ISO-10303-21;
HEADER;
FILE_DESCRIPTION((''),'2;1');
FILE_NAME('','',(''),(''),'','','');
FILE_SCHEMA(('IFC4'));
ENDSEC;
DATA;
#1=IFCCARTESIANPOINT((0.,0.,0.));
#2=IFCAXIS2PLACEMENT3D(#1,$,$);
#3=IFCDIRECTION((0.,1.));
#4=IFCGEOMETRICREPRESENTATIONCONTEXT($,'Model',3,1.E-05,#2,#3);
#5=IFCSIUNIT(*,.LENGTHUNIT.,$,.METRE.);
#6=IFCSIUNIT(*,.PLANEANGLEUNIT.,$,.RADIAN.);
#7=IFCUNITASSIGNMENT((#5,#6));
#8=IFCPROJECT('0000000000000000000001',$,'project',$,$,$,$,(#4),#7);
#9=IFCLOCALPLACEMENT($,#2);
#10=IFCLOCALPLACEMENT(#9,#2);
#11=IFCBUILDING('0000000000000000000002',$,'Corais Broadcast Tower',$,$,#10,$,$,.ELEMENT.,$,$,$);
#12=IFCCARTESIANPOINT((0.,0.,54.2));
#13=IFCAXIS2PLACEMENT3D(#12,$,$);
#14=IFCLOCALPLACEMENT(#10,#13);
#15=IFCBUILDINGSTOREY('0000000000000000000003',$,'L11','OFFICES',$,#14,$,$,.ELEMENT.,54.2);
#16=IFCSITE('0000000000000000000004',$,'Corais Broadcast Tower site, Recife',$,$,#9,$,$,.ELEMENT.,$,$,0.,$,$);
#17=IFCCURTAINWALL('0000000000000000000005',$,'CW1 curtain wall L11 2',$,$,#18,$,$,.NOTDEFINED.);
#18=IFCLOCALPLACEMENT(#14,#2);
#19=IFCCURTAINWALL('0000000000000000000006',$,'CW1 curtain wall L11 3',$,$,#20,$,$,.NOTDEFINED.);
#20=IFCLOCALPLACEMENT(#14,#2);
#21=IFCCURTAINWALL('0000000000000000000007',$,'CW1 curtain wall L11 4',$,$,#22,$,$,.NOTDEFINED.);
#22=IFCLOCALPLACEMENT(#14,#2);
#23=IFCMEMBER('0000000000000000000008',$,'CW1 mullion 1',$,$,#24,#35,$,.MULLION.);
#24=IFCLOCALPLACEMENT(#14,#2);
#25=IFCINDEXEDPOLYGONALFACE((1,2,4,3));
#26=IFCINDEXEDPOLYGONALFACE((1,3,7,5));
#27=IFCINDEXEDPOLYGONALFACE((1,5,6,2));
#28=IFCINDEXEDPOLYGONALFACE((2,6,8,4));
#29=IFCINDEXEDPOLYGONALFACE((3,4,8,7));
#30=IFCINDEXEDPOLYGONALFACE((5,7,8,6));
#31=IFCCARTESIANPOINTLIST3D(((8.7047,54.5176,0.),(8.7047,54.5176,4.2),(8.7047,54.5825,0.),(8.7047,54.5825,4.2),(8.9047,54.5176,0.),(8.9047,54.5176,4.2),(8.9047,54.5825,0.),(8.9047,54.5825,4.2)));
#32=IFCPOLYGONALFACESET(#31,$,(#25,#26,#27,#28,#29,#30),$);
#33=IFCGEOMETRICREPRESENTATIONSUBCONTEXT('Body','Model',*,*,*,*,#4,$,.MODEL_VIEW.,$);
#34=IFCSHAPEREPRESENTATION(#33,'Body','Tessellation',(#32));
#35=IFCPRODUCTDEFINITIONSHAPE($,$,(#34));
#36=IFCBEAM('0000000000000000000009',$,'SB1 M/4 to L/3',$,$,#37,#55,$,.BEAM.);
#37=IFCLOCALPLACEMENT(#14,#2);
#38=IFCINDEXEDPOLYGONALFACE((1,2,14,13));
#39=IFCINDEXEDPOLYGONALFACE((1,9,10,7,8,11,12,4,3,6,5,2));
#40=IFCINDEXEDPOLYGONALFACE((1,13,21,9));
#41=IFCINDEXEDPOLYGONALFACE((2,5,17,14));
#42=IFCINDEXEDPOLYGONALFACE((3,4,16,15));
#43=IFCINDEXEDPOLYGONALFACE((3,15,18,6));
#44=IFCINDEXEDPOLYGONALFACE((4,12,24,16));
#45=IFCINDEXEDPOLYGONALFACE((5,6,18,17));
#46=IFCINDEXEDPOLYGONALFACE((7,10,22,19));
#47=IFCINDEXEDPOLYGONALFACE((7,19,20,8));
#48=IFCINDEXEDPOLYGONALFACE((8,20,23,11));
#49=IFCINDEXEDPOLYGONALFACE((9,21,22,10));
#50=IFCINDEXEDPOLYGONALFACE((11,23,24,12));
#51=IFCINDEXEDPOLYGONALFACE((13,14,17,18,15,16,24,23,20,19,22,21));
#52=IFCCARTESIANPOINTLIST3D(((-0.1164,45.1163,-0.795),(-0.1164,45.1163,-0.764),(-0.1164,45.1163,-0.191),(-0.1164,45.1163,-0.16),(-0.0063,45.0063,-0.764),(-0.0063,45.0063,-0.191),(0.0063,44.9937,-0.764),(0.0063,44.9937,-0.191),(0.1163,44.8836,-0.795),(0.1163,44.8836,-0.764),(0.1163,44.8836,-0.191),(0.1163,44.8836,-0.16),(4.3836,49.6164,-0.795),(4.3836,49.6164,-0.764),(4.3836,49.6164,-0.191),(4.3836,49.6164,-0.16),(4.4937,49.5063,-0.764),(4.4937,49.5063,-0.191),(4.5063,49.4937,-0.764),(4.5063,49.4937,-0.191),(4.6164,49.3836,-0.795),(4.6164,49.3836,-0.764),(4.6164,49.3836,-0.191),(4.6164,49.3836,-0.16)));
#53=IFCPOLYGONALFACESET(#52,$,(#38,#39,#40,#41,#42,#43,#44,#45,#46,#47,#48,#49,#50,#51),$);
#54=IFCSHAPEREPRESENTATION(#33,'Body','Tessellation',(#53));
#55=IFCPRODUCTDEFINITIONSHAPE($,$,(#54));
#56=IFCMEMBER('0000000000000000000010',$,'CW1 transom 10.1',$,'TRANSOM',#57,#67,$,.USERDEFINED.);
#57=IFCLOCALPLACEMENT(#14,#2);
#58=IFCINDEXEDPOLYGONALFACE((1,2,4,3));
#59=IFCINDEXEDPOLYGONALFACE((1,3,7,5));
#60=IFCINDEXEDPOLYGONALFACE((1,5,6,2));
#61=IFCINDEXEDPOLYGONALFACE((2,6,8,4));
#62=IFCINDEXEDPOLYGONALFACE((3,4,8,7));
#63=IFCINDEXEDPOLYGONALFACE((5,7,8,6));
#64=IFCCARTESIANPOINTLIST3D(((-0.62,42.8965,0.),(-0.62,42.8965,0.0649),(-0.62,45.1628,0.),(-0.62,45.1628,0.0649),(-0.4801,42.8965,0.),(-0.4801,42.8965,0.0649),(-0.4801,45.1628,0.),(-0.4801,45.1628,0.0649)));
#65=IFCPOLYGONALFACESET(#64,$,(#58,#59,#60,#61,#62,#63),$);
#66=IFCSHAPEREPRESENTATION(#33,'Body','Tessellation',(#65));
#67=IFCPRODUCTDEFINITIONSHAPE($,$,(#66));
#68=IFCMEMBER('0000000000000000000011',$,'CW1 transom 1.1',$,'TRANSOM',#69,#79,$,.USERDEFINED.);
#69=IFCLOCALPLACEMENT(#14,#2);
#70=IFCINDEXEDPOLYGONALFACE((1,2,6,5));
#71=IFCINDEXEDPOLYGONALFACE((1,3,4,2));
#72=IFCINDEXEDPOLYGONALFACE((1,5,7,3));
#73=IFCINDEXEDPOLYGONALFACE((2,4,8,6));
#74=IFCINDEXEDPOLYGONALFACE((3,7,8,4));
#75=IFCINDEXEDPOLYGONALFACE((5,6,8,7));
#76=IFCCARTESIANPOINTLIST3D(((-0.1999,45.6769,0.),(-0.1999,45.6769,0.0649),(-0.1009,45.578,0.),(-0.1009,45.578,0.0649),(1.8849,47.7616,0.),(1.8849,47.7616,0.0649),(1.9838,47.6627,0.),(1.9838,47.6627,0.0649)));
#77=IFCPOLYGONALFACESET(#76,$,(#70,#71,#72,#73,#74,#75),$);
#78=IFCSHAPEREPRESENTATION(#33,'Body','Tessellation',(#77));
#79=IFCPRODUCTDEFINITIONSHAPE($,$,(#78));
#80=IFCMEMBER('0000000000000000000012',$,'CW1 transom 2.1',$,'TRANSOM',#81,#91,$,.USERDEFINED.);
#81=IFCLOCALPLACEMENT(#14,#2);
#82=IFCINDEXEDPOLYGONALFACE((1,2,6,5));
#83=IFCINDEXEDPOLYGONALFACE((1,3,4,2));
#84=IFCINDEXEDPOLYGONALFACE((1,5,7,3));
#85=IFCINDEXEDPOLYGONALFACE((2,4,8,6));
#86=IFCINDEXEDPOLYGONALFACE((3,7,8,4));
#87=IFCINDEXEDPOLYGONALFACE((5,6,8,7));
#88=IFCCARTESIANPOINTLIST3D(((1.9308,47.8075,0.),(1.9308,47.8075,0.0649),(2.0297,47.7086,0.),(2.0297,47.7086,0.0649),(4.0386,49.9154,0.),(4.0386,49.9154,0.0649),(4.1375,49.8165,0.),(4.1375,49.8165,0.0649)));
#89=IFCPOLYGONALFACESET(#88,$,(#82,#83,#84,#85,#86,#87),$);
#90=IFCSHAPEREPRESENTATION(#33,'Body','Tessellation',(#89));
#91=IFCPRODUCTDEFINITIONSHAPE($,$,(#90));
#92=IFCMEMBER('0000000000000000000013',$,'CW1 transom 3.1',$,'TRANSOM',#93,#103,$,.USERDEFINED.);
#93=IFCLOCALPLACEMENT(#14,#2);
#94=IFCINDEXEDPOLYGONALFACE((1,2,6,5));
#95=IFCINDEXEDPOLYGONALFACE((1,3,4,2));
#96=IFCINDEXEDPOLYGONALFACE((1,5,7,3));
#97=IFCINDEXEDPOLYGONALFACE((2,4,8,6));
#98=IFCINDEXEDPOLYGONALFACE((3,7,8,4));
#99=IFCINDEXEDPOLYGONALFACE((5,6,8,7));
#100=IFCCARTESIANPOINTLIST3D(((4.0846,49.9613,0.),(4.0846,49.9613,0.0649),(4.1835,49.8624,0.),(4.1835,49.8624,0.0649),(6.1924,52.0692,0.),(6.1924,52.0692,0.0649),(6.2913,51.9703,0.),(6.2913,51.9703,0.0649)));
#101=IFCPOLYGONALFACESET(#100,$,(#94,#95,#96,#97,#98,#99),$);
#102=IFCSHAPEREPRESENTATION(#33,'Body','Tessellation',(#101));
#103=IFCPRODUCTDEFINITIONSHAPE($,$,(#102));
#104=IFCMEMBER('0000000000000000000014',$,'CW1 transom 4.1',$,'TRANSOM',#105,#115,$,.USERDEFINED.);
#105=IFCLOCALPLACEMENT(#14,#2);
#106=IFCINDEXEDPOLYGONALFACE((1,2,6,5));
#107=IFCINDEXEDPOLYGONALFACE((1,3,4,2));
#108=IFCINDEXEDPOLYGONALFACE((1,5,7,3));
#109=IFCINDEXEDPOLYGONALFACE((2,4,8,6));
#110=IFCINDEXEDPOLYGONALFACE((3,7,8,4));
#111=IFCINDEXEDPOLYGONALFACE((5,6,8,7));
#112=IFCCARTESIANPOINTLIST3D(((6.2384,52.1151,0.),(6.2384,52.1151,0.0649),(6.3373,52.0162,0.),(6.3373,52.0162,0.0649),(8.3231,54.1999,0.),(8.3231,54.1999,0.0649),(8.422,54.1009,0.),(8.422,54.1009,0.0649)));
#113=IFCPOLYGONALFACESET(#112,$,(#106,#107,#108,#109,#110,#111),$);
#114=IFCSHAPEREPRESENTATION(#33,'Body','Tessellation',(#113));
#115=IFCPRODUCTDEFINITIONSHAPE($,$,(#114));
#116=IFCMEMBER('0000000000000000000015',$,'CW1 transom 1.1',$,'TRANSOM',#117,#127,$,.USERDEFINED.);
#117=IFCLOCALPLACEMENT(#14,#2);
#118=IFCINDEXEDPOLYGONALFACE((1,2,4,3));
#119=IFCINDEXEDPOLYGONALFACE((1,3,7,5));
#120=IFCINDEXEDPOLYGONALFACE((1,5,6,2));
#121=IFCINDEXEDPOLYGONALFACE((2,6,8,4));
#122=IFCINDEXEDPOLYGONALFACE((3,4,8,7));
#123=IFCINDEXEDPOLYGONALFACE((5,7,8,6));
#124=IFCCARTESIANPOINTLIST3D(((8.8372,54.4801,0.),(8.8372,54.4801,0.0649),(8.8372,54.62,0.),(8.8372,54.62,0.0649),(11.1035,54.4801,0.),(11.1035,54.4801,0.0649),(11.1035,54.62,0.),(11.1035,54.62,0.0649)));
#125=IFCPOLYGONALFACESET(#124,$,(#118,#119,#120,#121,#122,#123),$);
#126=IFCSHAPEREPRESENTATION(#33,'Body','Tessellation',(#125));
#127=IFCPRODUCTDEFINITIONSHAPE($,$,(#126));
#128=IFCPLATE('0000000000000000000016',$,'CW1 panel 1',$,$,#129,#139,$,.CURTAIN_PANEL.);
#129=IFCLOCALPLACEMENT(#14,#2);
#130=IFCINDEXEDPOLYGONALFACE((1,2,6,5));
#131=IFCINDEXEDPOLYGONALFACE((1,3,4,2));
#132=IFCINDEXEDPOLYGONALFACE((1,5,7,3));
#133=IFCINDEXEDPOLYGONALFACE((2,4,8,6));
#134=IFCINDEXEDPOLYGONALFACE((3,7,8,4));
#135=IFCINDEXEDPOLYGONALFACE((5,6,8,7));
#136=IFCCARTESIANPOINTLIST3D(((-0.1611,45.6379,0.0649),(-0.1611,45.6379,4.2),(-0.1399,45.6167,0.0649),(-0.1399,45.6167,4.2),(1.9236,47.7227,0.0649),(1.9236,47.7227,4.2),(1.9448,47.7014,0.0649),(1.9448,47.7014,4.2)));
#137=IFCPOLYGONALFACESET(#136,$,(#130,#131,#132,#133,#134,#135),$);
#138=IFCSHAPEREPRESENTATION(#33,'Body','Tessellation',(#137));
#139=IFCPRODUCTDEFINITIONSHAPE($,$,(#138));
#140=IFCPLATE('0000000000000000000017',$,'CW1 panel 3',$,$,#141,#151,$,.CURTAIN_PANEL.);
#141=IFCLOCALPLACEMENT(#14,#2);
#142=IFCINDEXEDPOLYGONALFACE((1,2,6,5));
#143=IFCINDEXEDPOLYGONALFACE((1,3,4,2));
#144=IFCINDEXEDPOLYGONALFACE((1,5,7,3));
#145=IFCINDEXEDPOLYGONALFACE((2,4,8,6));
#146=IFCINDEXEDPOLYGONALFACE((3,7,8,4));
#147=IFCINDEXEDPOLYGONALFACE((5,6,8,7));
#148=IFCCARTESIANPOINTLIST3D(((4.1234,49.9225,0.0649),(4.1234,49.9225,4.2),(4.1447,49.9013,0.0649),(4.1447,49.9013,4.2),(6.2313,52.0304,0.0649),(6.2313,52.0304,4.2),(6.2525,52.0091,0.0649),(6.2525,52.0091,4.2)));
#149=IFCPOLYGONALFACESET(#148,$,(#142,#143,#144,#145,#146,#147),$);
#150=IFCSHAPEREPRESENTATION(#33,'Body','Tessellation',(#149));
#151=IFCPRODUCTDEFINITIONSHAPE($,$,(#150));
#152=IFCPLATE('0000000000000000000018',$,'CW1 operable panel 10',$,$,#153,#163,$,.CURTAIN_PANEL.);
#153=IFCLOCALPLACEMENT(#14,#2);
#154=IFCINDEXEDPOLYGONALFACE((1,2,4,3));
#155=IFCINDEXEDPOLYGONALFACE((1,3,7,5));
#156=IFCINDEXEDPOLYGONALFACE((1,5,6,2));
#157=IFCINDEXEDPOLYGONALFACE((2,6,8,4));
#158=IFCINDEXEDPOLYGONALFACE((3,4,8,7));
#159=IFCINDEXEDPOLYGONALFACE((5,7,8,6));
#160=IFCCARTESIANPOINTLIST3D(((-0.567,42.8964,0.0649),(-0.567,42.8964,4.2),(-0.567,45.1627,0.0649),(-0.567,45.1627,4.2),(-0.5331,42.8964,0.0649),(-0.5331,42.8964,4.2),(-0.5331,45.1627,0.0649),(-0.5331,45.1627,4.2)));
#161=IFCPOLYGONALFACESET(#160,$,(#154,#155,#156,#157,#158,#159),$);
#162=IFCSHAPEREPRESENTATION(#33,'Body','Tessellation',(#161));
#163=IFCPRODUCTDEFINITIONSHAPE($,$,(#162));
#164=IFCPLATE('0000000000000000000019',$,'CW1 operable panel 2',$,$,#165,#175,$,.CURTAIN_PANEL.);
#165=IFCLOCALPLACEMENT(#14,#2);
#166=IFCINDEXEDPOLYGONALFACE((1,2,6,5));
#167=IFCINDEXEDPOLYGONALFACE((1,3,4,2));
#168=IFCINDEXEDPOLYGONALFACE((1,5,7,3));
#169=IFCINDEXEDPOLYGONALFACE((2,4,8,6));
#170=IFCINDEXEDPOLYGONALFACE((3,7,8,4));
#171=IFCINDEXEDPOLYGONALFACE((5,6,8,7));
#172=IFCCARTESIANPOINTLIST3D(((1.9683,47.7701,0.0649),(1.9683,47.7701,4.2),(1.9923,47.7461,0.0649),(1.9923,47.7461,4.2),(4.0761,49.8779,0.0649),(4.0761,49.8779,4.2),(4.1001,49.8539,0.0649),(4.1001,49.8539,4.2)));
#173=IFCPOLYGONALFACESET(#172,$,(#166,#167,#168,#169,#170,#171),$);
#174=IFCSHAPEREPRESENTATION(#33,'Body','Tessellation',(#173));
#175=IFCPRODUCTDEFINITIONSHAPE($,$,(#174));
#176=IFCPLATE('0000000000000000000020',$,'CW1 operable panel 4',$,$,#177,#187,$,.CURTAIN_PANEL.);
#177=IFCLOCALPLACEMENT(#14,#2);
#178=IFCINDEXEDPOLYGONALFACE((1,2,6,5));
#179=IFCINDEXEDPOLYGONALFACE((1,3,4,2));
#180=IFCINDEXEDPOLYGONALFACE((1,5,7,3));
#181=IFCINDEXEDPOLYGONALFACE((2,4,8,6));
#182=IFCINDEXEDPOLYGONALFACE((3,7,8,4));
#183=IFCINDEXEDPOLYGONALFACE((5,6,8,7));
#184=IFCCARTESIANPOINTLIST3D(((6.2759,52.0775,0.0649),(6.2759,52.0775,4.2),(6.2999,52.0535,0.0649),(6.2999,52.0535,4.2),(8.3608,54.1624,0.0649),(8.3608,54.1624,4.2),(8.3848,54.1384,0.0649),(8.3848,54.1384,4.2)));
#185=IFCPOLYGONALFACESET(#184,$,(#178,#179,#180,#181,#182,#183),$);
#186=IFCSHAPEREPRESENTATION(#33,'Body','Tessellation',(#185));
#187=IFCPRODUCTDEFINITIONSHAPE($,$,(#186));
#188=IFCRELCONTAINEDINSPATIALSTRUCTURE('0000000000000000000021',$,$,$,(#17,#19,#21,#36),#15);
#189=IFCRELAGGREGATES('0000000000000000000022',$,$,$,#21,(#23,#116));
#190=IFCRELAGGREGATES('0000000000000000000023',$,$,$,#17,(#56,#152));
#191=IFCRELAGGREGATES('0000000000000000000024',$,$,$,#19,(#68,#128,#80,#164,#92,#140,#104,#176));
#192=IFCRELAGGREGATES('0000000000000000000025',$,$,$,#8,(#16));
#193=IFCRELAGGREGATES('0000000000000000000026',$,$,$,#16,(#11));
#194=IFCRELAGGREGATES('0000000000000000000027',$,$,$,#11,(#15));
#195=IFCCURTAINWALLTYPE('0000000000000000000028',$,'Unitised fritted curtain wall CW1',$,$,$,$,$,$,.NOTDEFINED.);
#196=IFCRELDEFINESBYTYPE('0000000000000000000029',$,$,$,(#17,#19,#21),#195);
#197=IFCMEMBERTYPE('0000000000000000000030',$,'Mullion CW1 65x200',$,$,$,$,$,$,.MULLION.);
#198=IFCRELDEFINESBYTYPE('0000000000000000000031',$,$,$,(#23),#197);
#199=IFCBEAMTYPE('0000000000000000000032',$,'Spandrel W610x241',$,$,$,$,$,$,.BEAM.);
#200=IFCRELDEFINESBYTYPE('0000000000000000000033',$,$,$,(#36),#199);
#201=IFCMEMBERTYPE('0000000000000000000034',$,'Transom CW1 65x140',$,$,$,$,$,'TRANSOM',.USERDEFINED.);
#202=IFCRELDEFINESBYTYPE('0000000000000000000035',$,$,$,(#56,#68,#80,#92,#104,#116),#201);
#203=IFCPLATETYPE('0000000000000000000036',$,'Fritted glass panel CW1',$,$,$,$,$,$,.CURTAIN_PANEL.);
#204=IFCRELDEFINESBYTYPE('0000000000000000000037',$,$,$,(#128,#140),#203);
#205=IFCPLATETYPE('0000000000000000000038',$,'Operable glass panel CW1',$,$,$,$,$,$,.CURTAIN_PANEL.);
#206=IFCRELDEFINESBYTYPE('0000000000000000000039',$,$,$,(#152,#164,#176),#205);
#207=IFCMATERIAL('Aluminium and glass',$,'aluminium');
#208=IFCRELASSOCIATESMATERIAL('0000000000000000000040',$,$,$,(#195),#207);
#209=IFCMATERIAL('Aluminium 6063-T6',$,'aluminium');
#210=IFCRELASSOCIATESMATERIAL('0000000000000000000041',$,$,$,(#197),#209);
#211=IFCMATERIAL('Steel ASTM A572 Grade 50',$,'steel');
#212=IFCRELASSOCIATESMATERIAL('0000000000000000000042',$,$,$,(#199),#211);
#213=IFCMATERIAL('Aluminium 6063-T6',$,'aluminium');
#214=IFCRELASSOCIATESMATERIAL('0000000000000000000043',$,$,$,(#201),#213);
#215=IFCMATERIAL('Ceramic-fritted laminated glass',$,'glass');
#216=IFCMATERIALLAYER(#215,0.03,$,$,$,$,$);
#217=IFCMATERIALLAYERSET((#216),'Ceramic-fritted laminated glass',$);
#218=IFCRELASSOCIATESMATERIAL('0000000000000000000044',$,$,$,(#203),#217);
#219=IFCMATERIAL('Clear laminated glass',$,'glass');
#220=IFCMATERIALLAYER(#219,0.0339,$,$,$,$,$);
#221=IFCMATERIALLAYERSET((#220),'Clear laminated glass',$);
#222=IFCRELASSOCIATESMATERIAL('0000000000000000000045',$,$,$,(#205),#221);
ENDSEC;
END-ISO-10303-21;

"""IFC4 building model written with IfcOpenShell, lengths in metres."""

from ifc_helpers import new_model, si_unit, direction, frame, origin, origin_2d, place, context, subcontext, project, spatial, rectangle, i_section, extrude, material, layer, layer_set, material_profile, profile_set, type_object, element, aggregate, save


model = new_model("IFC4")

# Units and contexts
model_context = context("Model", 3, precision=1e-05, world=origin(), true_north=direction((0.0, 1.0)))
body_context = subcontext(model_context, "Body", "Model", "MODEL_VIEW")
ifc_project = project(units=[si_unit("LENGTHUNIT", "METRE"), si_unit("PLANEANGLEUNIT", "RADIAN")], contexts=[model_context])

# Site, building, storey
site_placement = place(None, origin())
site = spatial("IfcSite", under=ifc_project, at=site_placement, Name="Corais Broadcast Tower site, Recife", CompositionType="ELEMENT", RefElevation=0.0)
building_placement = place(site_placement, origin())
building = spatial("IfcBuilding", under=site, at=building_placement, Name="Corais Broadcast Tower", CompositionType="ELEMENT")
storey_placement = place(building_placement, frame((0.0, 0.0, 54.2)))
storey = spatial("IfcBuildingStorey", under=building, at=storey_placement, Name="L11", Description="OFFICES", CompositionType="ELEMENT", Elevation=54.2)

# Curtain wall
ifc_material_1 = material(Name="Aluminium and glass", Category="aluminium")
curtain_wall_type = type_object("IfcCurtainWallType", Name="Unitised fritted curtain wall CW1", PredefinedType="NOTDEFINED", material=ifc_material_1)
curtain_wall_1_placement = place(storey_placement, origin())
curtain_wall_1 = element("IfcCurtainWall", 1, at=curtain_wall_1_placement, inside=storey, type_object=curtain_wall_type, Name="CW1 curtain wall L11 2", PredefinedType="NOTDEFINED")
ifc_material_2 = material(Name="Aluminium 6063-T6", Category="aluminium")
ifc_material_profile_1 = material_profile(ifc_material_2, rectangle(XDim=0.0649, YDim=0.2, at=origin_2d()), Name="Mullion CW1 65x200")
ifc_profile_set_1 = profile_set([ifc_material_profile_1], Name="Aluminium 6063-T6")
member_type_1 = type_object("IfcMemberType", Name="Mullion CW1 65x200", PredefinedType="MULLION", material=ifc_profile_set_1)

# Curtain wall
curtain_wall_2_placement = place(storey_placement, origin())
curtain_wall_2 = element("IfcCurtainWall", 2, at=curtain_wall_2_placement, inside=storey, type_object=curtain_wall_type, Name="CW1 curtain wall L11 3", PredefinedType="NOTDEFINED")

# Curtain wall, member
curtain_wall_3_placement = place(storey_placement, origin())
curtain_wall_3 = element("IfcCurtainWall", 3, at=curtain_wall_3_placement, inside=storey, type_object=curtain_wall_type, Name="CW1 curtain wall L11 4", PredefinedType="NOTDEFINED")
member_1_placement = place(storey_placement, frame((8.8047, 54.55, 0.0), z_axis=(0.0, 0.0, 1.0), x_axis=(0.0, 1.0, 0.0)))
member_1 = element("IfcMember", 4, at=member_1_placement, type_object=member_type_1, Name="CW1 mullion 1", PredefinedType="MULLION", context=body_context, shape_type="SweptSolid", body=[
    extrude(rectangle(XDim=0.0649, YDim=0.2, at=origin_2d()), origin(), (0.0, 0.0, 1.0), 4.2),
])

# Beam
ifc_material_3 = material(Name="Steel ASTM A572 Grade 50", Category="steel")
ifc_material_profile_2 = material_profile(ifc_material_3, i_section(OverallWidth=0.3291, OverallDepth=0.635, WebThickness=0.0178, FlangeThickness=0.031, at=origin_2d()), Name="W610x241")
ifc_profile_set_2 = profile_set([ifc_material_profile_2], Name="Steel ASTM A572 Grade 50")
beam_type_1 = type_object("IfcBeamType", Name="Spandrel W610x241", PredefinedType="BEAM", material=ifc_profile_set_2)
beam_1_placement = place(storey_placement, frame((4.5, 49.5, -0.4775), z_axis=(-0.707107, -0.707107, 0.0), x_axis=(0.707107, -0.707107, 0.0)))
element("IfcBeam", 5, at=beam_1_placement, inside=storey, type_object=beam_type_1, Name="SB1 M/4 to L/3", PredefinedType="BEAM", context=body_context, shape_type="SweptSolid", body=[
    extrude(i_section(OverallWidth=0.3291, OverallDepth=0.635, WebThickness=0.0178, FlangeThickness=0.031, at=origin_2d()), origin(), (0.0, 0.0, 1.0), 6.364),
])

# Members
ifc_material_4 = material(Name="Aluminium 6063-T6", Category="aluminium")
ifc_material_profile_3 = material_profile(ifc_material_4, rectangle(XDim=0.1399, YDim=0.0649, at=origin_2d()), Name="Transom CW1 65x140")
ifc_profile_set_3 = profile_set([ifc_material_profile_3], Name="Aluminium 6063-T6")
member_type_2 = type_object("IfcMemberType", Name="Transom CW1 65x140", ElementType="TRANSOM", PredefinedType="USERDEFINED", material=ifc_profile_set_3)
member_2_placement = place(storey_placement, frame((-0.55, 42.8965, 0.0325), z_axis=(0.0, 1.0, 0.0), x_axis=(-1.0, 0.0, 0.0)))
member_2 = element("IfcMember", 6, at=member_2_placement, type_object=member_type_2, Name="CW1 transom 10.1", ObjectType="TRANSOM", PredefinedType="USERDEFINED", context=body_context, shape_type="SweptSolid", body=[
    extrude(rectangle(XDim=0.1399, YDim=0.0649, at=origin_2d()), origin(), (0.0, 0.0, 1.0), 2.2664),
])
member_3_placement = place(storey_placement, frame((-0.1504, 45.6274, 0.0325), z_axis=(0.707107, 0.707107, 0.0), x_axis=(-0.707107, 0.707107, 0.0)))
member_3 = element("IfcMember", 7, at=member_3_placement, type_object=member_type_2, Name="CW1 transom 1.1", ObjectType="TRANSOM", PredefinedType="USERDEFINED", context=body_context, shape_type="SweptSolid", body=[
    extrude(rectangle(XDim=0.1399, YDim=0.0649, at=origin_2d()), origin(), (0.0, 0.0, 1.0), 2.9482),
])
member_4_placement = place(storey_placement, frame((1.9802, 47.7581, 0.0325), z_axis=(0.707107, 0.707107, 0.0), x_axis=(-0.707107, 0.707107, 0.0)))
member_4 = element("IfcMember", 8, at=member_4_placement, type_object=member_type_2, Name="CW1 transom 2.1", ObjectType="TRANSOM", PredefinedType="USERDEFINED", context=body_context, shape_type="SweptSolid", body=[
    extrude(rectangle(XDim=0.1399, YDim=0.0649, at=origin_2d()), origin(), (0.0, 0.0, 1.0), 2.981),
])
member_5_placement = place(storey_placement, frame((4.134, 49.9119, 0.0325), z_axis=(0.707107, 0.707107, 0.0), x_axis=(-0.707107, 0.707107, 0.0)))
member_5 = element("IfcMember", 9, at=member_5_placement, type_object=member_type_2, Name="CW1 transom 3.1", ObjectType="TRANSOM", PredefinedType="USERDEFINED", context=body_context, shape_type="SweptSolid", body=[
    extrude(rectangle(XDim=0.1399, YDim=0.0649, at=origin_2d()), origin(), (0.0, 0.0, 1.0), 2.981),
])
member_6_placement = place(storey_placement, frame((6.2878, 52.0657, 0.0325), z_axis=(0.707107, 0.707107, 0.0), x_axis=(-0.707107, 0.707107, 0.0)))
member_6 = element("IfcMember", 10, at=member_6_placement, type_object=member_type_2, Name="CW1 transom 4.1", ObjectType="TRANSOM", PredefinedType="USERDEFINED", context=body_context, shape_type="SweptSolid", body=[
    extrude(rectangle(XDim=0.1399, YDim=0.0649, at=origin_2d()), origin(), (0.0, 0.0, 1.0), 2.9482),
])
member_7_placement = place(storey_placement, frame((8.8372, 54.55, 0.0325), z_axis=(1.0, 0.0, 0.0), x_axis=(0.0, 1.0, 0.0)))
member_7 = element("IfcMember", 11, at=member_7_placement, type_object=member_type_2, Name="CW1 transom 1.1", ObjectType="TRANSOM", PredefinedType="USERDEFINED", context=body_context, shape_type="SweptSolid", body=[
    extrude(rectangle(XDim=0.1399, YDim=0.0649, at=origin_2d()), origin(), (0.0, 0.0, 1.0), 2.2664),
])
aggregate(curtain_wall_3, [member_1, member_7])

# Plates
ifc_material_5 = material(Name="Ceramic-fritted laminated glass", Category="glass")
ifc_layer_1 = layer(ifc_material_5, 0.03)
ifc_layer_set_1 = layer_set([ifc_layer_1], Name="Ceramic-fritted laminated glass")
plate_type_1 = type_object("IfcPlateType", Name="Fritted glass panel CW1", PredefinedType="CURTAIN_PANEL", material=ifc_layer_set_1)
plate_1_placement = place(storey_placement, frame((0.8918, 46.6697, 0.0649), z_axis=(0.0, 0.0, 1.0), x_axis=(0.707107, 0.707107, 0.0)))
plate_1 = element("IfcPlate", 12, at=plate_1_placement, type_object=plate_type_1, Name="CW1 panel 1", PredefinedType="CURTAIN_PANEL", context=body_context, shape_type="SweptSolid", body=[
    extrude(rectangle(XDim=2.9482, YDim=0.03, at=origin_2d()), origin(), (0.0, 0.0, 1.0), 4.135),
])
plate_2_placement = place(storey_placement, frame((5.188, 50.9658, 0.0649), z_axis=(0.0, 0.0, 1.0), x_axis=(0.707107, 0.707107, 0.0)))
plate_2 = element("IfcPlate", 13, at=plate_2_placement, type_object=plate_type_1, Name="CW1 panel 3", PredefinedType="CURTAIN_PANEL", context=body_context, shape_type="SweptSolid", body=[
    extrude(rectangle(XDim=2.981, YDim=0.03, at=origin_2d()), origin(), (0.0, 0.0, 1.0), 4.135),
])
ifc_material_6 = material(Name="Clear laminated glass", Category="glass")
ifc_layer_2 = layer(ifc_material_6, 0.0339)
ifc_layer_set_2 = layer_set([ifc_layer_2], Name="Clear laminated glass")
plate_type_2 = type_object("IfcPlateType", Name="Operable glass panel CW1", PredefinedType="CURTAIN_PANEL", material=ifc_layer_set_2)
plate_3_placement = place(storey_placement, frame((-0.55, 44.0295, 0.0649), z_axis=(0.0, 0.0, 1.0), x_axis=(0.0, 1.0, 0.0)))
plate_3 = element("IfcPlate", 14, at=plate_3_placement, type_object=plate_type_2, Name="CW1 operable panel 10", PredefinedType="CURTAIN_PANEL", context=body_context, shape_type="SweptSolid", body=[
    extrude(rectangle(XDim=2.2664, YDim=0.0339, at=origin_2d()), origin(), (0.0, 0.0, 1.0), 4.135),
])
aggregate(curtain_wall_1, [member_2, plate_3])
plate_4_placement = place(storey_placement, frame((3.0342, 48.812, 0.0649), z_axis=(0.0, 0.0, 1.0), x_axis=(0.707107, 0.707107, 0.0)))
plate_4 = element("IfcPlate", 15, at=plate_4_placement, type_object=plate_type_2, Name="CW1 operable panel 2", PredefinedType="CURTAIN_PANEL", context=body_context, shape_type="SweptSolid", body=[
    extrude(rectangle(XDim=2.981, YDim=0.0339, at=origin_2d()), origin(), (0.0, 0.0, 1.0), 4.135),
])
plate_5_placement = place(storey_placement, frame((7.3303, 53.1079, 0.0649), z_axis=(0.0, 0.0, 1.0), x_axis=(0.707107, 0.707107, 0.0)))
plate_5 = element("IfcPlate", 16, at=plate_5_placement, type_object=plate_type_2, Name="CW1 operable panel 4", PredefinedType="CURTAIN_PANEL", context=body_context, shape_type="SweptSolid", body=[
    extrude(rectangle(XDim=2.9485, YDim=0.0339, at=origin_2d()), origin(), (0.0, 0.0, 1.0), 4.135),
])
aggregate(curtain_wall_2, [member_3, plate_1, member_4, plate_4, member_5, plate_2, member_6, plate_5])

save(model, "model.ifc")
